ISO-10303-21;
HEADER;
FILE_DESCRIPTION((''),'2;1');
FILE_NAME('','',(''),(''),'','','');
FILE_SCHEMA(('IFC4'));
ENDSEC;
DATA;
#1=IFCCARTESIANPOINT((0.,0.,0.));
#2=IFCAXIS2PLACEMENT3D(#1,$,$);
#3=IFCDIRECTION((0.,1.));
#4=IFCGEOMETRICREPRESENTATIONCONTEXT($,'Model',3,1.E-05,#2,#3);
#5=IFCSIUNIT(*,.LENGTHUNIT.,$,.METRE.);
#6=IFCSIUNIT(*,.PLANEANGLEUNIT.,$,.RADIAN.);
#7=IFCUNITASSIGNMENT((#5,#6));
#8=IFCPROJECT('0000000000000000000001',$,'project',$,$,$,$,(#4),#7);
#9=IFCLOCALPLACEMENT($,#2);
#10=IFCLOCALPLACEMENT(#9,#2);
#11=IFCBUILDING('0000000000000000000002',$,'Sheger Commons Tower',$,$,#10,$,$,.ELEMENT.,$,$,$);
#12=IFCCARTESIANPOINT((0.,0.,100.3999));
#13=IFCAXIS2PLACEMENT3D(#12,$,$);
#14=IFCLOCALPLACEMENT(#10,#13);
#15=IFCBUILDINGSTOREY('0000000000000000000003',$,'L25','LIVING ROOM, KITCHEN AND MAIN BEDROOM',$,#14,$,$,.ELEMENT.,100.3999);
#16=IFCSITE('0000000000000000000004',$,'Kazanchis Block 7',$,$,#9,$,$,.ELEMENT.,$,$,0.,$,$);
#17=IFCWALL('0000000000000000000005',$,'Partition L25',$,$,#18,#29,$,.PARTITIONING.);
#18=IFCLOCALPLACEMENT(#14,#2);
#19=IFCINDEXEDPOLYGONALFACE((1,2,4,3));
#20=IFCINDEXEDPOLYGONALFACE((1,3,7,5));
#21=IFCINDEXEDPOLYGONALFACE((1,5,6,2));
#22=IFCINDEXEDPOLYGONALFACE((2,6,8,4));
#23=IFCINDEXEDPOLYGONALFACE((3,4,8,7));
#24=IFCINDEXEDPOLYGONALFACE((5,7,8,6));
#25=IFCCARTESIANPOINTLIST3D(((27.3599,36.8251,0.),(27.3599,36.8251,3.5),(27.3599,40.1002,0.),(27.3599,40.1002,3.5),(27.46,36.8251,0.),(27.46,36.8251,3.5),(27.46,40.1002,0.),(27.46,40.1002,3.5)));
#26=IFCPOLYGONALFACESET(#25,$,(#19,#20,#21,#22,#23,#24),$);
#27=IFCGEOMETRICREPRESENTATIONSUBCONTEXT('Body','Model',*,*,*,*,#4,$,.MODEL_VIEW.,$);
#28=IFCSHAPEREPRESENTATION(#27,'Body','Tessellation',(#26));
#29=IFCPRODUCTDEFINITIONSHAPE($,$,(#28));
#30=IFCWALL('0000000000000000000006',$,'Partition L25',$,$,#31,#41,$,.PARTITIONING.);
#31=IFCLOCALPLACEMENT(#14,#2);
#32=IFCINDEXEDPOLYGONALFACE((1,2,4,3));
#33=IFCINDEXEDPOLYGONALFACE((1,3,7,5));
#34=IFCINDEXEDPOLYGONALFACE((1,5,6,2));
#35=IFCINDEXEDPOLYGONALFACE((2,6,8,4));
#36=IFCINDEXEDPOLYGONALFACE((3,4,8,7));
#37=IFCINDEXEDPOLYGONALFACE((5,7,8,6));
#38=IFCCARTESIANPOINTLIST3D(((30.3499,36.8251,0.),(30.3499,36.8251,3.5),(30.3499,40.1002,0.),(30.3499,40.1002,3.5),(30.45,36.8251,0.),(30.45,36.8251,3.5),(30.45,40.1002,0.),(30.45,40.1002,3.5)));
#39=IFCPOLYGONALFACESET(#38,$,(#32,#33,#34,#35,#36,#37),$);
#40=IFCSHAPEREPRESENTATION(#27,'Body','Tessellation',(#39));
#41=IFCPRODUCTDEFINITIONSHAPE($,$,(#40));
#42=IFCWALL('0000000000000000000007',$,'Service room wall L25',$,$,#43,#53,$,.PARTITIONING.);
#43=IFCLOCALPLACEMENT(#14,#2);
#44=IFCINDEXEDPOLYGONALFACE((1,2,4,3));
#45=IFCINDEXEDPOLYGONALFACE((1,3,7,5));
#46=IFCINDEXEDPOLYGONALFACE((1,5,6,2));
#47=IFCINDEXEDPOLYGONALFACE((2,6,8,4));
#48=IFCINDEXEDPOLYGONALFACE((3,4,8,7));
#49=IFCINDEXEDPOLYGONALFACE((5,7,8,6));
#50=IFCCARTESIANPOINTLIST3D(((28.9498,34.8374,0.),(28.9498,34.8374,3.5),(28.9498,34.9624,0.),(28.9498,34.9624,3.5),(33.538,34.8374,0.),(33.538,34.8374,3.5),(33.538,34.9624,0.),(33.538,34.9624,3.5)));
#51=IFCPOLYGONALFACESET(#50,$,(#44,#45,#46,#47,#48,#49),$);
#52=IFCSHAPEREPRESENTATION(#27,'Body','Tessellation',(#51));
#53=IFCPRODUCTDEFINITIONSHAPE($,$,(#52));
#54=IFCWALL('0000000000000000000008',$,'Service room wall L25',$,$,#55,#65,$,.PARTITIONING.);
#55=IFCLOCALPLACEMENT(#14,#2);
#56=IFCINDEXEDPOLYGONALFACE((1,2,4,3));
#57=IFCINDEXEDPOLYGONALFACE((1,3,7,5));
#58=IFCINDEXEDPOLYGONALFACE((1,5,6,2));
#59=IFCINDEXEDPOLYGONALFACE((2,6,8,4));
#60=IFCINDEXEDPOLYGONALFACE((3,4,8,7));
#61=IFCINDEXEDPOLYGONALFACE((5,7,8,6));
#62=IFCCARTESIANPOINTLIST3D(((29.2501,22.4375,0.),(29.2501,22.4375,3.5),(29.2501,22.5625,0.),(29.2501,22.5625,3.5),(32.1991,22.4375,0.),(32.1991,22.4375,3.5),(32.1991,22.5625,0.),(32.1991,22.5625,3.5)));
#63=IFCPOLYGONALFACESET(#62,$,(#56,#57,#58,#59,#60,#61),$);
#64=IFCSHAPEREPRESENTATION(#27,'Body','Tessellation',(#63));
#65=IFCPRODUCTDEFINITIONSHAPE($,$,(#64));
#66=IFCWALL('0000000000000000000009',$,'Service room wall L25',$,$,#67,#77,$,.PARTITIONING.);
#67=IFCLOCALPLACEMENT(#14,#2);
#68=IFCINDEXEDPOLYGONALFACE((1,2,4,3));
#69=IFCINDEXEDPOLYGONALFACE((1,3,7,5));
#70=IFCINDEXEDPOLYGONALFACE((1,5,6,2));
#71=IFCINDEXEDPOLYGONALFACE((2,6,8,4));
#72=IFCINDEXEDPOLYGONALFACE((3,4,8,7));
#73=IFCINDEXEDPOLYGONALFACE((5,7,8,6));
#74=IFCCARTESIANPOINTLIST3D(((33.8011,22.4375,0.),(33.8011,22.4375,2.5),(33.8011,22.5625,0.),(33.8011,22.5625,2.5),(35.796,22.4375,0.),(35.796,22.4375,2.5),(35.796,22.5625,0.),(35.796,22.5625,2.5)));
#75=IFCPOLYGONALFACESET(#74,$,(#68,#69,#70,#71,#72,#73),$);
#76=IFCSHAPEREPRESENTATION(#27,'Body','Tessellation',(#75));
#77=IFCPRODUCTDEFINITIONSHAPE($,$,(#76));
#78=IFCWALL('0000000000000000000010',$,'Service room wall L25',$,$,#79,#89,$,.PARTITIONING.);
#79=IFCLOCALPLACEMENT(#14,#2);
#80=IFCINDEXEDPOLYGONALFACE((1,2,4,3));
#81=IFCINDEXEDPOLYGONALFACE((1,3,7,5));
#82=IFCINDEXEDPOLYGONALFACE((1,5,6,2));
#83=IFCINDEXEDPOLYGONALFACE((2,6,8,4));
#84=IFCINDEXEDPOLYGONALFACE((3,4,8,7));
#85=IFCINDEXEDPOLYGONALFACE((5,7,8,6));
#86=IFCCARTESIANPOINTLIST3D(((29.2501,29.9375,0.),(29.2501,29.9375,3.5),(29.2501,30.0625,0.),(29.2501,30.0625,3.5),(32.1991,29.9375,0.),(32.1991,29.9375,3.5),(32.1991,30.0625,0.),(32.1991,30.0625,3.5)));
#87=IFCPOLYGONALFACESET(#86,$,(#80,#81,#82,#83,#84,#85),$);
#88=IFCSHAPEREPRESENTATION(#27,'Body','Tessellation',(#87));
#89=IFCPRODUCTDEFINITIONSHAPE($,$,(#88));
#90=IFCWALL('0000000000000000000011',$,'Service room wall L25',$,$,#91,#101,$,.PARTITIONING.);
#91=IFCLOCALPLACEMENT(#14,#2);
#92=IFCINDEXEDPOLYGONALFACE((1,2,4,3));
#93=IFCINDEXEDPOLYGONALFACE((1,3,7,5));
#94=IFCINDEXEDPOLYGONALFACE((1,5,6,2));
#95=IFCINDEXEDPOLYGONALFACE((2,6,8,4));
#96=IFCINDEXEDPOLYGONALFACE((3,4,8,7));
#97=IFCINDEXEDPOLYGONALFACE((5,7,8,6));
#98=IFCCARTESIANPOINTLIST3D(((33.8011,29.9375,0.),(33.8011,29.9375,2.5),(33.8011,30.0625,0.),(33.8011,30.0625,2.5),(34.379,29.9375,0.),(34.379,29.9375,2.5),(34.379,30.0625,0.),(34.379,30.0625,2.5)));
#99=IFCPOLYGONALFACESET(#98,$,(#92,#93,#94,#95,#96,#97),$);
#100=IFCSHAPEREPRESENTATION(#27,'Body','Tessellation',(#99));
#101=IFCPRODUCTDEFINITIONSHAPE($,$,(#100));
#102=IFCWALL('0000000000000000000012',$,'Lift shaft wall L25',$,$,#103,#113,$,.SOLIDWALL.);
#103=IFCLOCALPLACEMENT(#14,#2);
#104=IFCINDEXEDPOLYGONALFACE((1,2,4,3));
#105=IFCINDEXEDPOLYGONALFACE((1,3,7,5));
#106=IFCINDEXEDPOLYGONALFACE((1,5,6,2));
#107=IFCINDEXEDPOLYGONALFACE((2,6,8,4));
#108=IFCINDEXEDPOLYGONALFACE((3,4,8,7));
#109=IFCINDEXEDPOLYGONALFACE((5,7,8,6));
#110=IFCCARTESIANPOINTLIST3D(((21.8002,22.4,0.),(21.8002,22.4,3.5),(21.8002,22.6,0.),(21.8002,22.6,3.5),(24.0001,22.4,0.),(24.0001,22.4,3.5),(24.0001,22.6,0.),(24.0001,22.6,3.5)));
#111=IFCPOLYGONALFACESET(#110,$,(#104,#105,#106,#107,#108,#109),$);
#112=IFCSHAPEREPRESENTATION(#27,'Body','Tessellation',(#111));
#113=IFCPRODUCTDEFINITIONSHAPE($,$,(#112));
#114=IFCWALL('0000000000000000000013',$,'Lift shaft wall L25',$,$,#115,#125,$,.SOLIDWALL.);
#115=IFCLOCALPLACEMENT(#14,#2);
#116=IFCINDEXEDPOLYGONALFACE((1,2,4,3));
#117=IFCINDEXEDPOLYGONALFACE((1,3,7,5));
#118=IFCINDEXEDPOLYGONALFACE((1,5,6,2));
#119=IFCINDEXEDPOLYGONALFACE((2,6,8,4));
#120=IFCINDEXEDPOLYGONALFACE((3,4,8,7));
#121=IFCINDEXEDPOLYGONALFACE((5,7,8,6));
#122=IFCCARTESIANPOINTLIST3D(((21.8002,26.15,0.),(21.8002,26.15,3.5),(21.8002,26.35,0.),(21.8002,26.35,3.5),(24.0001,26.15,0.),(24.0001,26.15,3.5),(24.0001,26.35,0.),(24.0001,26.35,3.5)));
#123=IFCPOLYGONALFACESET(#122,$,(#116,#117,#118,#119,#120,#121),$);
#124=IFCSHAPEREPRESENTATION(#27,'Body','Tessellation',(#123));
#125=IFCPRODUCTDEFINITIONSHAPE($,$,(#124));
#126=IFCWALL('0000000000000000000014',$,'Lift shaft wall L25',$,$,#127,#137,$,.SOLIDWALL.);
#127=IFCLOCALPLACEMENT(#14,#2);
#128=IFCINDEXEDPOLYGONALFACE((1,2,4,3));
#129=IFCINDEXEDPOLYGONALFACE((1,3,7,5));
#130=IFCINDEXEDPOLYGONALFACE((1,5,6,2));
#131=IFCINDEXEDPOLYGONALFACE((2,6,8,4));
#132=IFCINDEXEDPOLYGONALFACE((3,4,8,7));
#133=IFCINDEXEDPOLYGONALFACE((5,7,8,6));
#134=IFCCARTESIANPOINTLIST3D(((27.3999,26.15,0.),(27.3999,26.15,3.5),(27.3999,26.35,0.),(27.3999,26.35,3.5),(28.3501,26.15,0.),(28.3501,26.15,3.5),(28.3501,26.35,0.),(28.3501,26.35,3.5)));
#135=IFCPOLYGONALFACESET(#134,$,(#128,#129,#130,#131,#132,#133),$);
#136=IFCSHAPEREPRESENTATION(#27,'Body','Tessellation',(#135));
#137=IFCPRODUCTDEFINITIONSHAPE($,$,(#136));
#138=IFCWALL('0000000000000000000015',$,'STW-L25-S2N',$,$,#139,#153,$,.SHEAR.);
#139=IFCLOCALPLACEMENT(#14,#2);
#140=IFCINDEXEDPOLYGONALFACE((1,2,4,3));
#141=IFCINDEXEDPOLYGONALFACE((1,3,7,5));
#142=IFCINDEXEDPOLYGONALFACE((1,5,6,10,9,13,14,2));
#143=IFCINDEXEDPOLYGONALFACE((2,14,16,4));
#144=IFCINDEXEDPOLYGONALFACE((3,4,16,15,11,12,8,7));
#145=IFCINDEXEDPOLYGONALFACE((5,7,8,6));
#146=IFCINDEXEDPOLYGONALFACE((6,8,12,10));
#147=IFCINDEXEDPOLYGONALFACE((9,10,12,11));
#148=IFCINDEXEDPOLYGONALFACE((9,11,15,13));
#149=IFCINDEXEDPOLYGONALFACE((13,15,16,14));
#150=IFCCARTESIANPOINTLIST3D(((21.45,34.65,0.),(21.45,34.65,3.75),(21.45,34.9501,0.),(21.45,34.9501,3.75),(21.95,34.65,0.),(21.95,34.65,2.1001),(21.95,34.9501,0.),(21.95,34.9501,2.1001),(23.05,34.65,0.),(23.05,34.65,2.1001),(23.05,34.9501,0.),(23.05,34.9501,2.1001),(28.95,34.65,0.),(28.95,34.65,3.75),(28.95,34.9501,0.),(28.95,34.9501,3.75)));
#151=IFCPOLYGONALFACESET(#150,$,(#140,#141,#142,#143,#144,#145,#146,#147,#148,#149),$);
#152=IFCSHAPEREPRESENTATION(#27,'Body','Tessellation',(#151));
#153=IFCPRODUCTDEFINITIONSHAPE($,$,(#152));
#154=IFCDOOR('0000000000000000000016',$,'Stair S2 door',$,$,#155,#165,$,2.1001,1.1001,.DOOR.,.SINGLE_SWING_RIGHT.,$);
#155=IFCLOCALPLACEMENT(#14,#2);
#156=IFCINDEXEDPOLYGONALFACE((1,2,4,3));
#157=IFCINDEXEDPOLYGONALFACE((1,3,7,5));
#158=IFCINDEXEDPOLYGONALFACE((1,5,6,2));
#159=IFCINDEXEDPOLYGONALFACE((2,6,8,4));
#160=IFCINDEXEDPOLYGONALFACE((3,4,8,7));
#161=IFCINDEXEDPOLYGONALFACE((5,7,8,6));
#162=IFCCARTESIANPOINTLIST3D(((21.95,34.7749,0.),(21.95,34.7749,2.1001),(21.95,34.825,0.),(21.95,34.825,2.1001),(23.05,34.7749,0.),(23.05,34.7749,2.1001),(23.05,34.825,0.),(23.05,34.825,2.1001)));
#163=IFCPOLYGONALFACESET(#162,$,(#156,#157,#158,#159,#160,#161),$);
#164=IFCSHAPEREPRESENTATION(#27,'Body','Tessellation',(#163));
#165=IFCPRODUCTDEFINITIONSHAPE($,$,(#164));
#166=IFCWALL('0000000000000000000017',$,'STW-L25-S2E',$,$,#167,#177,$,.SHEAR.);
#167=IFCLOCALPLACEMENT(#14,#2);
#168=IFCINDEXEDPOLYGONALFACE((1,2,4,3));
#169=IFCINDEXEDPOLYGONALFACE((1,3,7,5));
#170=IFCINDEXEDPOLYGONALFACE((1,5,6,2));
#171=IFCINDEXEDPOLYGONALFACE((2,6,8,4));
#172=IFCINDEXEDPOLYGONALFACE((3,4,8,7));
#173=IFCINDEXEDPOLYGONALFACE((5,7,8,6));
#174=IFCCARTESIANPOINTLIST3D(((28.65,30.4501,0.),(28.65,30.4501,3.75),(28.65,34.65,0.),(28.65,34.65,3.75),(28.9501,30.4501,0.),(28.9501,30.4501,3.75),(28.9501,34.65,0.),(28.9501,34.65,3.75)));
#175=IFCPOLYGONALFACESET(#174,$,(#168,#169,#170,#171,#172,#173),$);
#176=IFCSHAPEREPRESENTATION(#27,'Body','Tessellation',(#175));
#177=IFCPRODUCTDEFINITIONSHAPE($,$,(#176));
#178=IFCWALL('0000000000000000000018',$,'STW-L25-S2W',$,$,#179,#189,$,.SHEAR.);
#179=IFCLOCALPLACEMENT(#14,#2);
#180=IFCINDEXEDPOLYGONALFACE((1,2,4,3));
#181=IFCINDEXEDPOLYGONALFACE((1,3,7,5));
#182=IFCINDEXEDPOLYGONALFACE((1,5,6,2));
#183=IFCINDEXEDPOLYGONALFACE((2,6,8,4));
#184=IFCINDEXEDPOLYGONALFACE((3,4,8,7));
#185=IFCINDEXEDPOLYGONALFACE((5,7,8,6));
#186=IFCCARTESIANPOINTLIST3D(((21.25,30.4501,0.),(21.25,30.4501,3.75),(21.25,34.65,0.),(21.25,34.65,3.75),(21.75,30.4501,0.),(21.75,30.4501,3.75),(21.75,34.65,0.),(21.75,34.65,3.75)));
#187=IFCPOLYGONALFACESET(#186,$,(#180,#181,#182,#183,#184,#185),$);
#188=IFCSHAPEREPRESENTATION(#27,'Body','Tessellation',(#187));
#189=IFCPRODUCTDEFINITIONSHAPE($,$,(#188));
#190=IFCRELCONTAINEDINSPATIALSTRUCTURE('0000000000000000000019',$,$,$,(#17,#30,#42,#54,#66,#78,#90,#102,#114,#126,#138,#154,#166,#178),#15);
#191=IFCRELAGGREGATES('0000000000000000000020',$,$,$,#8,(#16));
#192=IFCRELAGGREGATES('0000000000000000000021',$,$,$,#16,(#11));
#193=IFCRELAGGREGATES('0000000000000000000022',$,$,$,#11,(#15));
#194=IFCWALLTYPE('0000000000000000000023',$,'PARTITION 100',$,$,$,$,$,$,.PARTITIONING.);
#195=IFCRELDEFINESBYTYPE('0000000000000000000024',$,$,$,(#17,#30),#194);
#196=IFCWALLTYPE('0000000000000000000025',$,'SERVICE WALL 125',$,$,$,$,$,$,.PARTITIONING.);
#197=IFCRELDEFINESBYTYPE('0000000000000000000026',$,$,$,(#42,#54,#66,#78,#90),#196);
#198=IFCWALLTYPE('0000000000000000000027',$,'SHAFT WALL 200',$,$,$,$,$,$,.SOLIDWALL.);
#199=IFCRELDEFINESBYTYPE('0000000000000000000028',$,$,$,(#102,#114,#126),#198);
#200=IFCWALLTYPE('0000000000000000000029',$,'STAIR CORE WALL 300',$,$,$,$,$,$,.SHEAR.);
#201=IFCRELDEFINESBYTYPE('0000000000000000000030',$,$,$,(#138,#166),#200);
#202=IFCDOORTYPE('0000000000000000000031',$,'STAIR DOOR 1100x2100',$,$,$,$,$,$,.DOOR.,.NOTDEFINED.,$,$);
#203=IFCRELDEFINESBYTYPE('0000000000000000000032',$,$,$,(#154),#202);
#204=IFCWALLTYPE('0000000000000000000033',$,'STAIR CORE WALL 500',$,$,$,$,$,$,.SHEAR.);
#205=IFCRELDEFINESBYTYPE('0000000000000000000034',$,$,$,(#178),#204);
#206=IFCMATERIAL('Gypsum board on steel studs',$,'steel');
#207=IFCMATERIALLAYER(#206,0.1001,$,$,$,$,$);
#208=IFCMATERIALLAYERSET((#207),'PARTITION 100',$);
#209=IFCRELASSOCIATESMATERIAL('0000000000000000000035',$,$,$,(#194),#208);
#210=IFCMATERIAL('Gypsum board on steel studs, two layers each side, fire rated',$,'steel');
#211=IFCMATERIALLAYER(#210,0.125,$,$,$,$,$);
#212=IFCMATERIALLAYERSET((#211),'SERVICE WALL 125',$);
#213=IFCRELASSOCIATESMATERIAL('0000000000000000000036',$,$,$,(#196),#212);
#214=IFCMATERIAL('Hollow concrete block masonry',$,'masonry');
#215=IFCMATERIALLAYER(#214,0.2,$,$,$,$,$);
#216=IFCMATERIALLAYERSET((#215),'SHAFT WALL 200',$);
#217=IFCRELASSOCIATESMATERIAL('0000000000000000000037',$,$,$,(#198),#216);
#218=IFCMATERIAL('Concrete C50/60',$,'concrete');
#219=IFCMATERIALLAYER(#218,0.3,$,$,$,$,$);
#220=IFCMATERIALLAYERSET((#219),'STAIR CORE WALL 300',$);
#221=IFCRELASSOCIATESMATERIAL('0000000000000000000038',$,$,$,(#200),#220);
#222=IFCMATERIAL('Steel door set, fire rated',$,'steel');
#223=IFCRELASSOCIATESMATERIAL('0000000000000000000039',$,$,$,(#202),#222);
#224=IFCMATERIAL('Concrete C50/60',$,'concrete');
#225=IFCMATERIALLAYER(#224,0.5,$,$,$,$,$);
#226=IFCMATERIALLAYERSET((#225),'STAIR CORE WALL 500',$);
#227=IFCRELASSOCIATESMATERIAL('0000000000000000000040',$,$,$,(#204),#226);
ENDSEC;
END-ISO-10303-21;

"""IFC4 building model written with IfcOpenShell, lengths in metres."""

from ifc_helpers import new_model, si_unit, direction, frame, frame_2d, origin, place, context, subcontext, project, spatial, rectangle, extrude, material, layer, layer_set, type_object, element, fill, save


model = new_model("IFC4")

# Units and contexts
model_context = context("Model", 3, precision=1e-05, world=origin(), true_north=direction((0.0, 1.0)))
body_context = subcontext(model_context, "Body", "Model", "MODEL_VIEW")
ifc_project = project(units=[si_unit("LENGTHUNIT", "METRE"), si_unit("PLANEANGLEUNIT", "RADIAN")], contexts=[model_context])

# Site, building, storey
site_placement = place(None, origin())
site = spatial("IfcSite", under=ifc_project, at=site_placement, Name="Kazanchis Block 7", CompositionType="ELEMENT", RefElevation=0.0)
building_placement = place(site_placement, origin())
building = spatial("IfcBuilding", under=site, at=building_placement, Name="Sheger Commons Tower", CompositionType="ELEMENT")
storey_placement = place(building_placement, frame((0.0, 0.0, 100.3999)))
storey = spatial("IfcBuildingStorey", under=building, at=storey_placement, Name="L25", Description="LIVING ROOM, KITCHEN AND MAIN BEDROOM", CompositionType="ELEMENT", Elevation=100.3999)

# Walls
ifc_material_1 = material(Name="Gypsum board on steel studs", Category="steel")
ifc_layer_1 = layer(ifc_material_1, 0.1001)
ifc_layer_set_1 = layer_set([ifc_layer_1], Name="PARTITION 100")
wall_type_1 = type_object("IfcWallType", Name="PARTITION 100", PredefinedType="PARTITIONING", material=ifc_layer_set_1)
for number, where, z_axis, x_axis, name in (
    (1, (27.4099, 36.825, 0.0), (0.0, 0.0, 1.0), (0.0, 1.0, 0.0), "Partition L25"),
    (2, (30.3999, 36.825, 0.0), (0.0, 0.0, 1.0), (0.0, 1.0, 0.0), "Partition L25"),
):
    element("IfcWall", number, at=place(storey_placement, frame(where, z_axis=z_axis, x_axis=x_axis)), inside=storey, type_object=wall_type_1, Name=name, PredefinedType="PARTITIONING", context=body_context, shape_type="SweptSolid", body=[
        extrude(rectangle(XDim=3.2751, YDim=0.1001, at=frame_2d((1.6377, 0.0))), origin(), (0.0, 0.0, 1.0), 3.5),
    ])
ifc_material_2 = material(Name="Gypsum board on steel studs, two layers each side, fire rated", Category="steel")
ifc_layer_2 = layer(ifc_material_2, 0.125)
ifc_layer_set_2 = layer_set([ifc_layer_2], Name="SERVICE WALL 125")
wall_type_2 = type_object("IfcWallType", Name="SERVICE WALL 125", PredefinedType="PARTITIONING", material=ifc_layer_set_2)
wall_1_placement = place(storey_placement, frame((28.95, 34.8999, 0.0), z_axis=(0.0, 0.0, 1.0), x_axis=(1.0, 0.0, 0.0)))
element("IfcWall", 3, at=wall_1_placement, inside=storey, type_object=wall_type_2, Name="Service room wall L25", PredefinedType="PARTITIONING", context=body_context, shape_type="SweptSolid", body=[
    extrude(rectangle(XDim=4.5881, YDim=0.125, at=frame_2d((2.2939, 0.0))), origin(), (0.0, 0.0, 1.0), 3.5),
])
wall_2_placement = place(storey_placement, frame((29.25, 22.5, 0.0), z_axis=(0.0, 0.0, 1.0), x_axis=(1.0, 0.0, 0.0)))
element("IfcWall", 4, at=wall_2_placement, inside=storey, type_object=wall_type_2, Name="Service room wall L25", PredefinedType="PARTITIONING", context=body_context, shape_type="SweptSolid", body=[
    extrude(rectangle(XDim=2.949, YDim=0.125, at=frame_2d((1.4746, 0.0))), origin(), (0.0, 0.0, 1.0), 3.5),
])
wall_3_placement = place(storey_placement, frame((33.801, 22.5, 0.0), z_axis=(0.0, 0.0, 1.0), x_axis=(1.0, 0.0, 0.0)))
element("IfcWall", 5, at=wall_3_placement, inside=storey, type_object=wall_type_2, Name="Service room wall L25", PredefinedType="PARTITIONING", context=body_context, shape_type="SweptSolid", body=[
    extrude(rectangle(XDim=1.9949, YDim=0.125, at=frame_2d((0.9976, 0.0))), origin(), (0.0, 0.0, 1.0), 2.5),
])
wall_4_placement = place(storey_placement, frame((29.25, 30.0, 0.0), z_axis=(0.0, 0.0, 1.0), x_axis=(1.0, 0.0, 0.0)))
element("IfcWall", 6, at=wall_4_placement, inside=storey, type_object=wall_type_2, Name="Service room wall L25", PredefinedType="PARTITIONING", context=body_context, shape_type="SweptSolid", body=[
    extrude(rectangle(XDim=2.949, YDim=0.125, at=frame_2d((1.4746, 0.0))), origin(), (0.0, 0.0, 1.0), 3.5),
])
wall_5_placement = place(storey_placement, frame((33.801, 30.0, 0.0), z_axis=(0.0, 0.0, 1.0), x_axis=(1.0, 0.0, 0.0)))
element("IfcWall", 7, at=wall_5_placement, inside=storey, type_object=wall_type_2, Name="Service room wall L25", PredefinedType="PARTITIONING", context=body_context, shape_type="SweptSolid", body=[
    extrude(rectangle(XDim=0.5779, YDim=0.125, at=frame_2d((0.2891, 0.0))), origin(), (0.0, 0.0, 1.0), 2.5),
])
ifc_material_3 = material(Name="Hollow concrete block masonry", Category="masonry")
ifc_layer_3 = layer(ifc_material_3, 0.2)
ifc_layer_set_3 = layer_set([ifc_layer_3], Name="SHAFT WALL 200")
wall_type_3 = type_object("IfcWallType", Name="SHAFT WALL 200", PredefinedType="SOLIDWALL", material=ifc_layer_set_3)
for number, where, z_axis, x_axis, name in (
    (8, (21.8, 22.5, 0.0), (0.0, 0.0, 1.0), (1.0, 0.0, 0.0), "Lift shaft wall L25"),
    (9, (21.8, 26.25, 0.0), (0.0, 0.0, 1.0), (1.0, 0.0, 0.0), "Lift shaft wall L25"),
):
    element("IfcWall", number, at=place(storey_placement, frame(where, z_axis=z_axis, x_axis=x_axis)), inside=storey, type_object=wall_type_3, Name=name, PredefinedType="SOLIDWALL", context=body_context, shape_type="SweptSolid", body=[
        extrude(rectangle(XDim=2.2, YDim=0.2, at=frame_2d((1.1001, 0.0))), origin(), (0.0, 0.0, 1.0), 3.5),
    ])
wall_6_placement = place(storey_placement, frame((27.3999, 26.25, 0.0), z_axis=(0.0, 0.0, 1.0), x_axis=(1.0, 0.0, 0.0)))
element("IfcWall", 10, at=wall_6_placement, inside=storey, type_object=wall_type_3, Name="Lift shaft wall L25", PredefinedType="SOLIDWALL", context=body_context, shape_type="SweptSolid", body=[
    extrude(rectangle(XDim=0.9502, YDim=0.2, at=frame_2d((0.4751, 0.0))), origin(), (0.0, 0.0, 1.0), 3.5),
])

# Wall, opening, door
ifc_material_4 = material(Name="Concrete C50/60", Category="concrete")
ifc_layer_4 = layer(ifc_material_4, 0.3)
ifc_layer_set_4 = layer_set([ifc_layer_4], Name="STAIR CORE WALL 300")
wall_type_4 = type_object("IfcWallType", Name="STAIR CORE WALL 300", PredefinedType="SHEAR", material=ifc_layer_set_4)
wall_7_placement = place(storey_placement, frame((21.45, 34.8, 0.0), z_axis=(0.0, 0.0, 1.0), x_axis=(1.0, 0.0, 0.0)))
wall_7 = element("IfcWall", 11, at=wall_7_placement, inside=storey, type_object=wall_type_4, Name="STW-L25-S2N", PredefinedType="SHEAR", context=body_context, shape_type="SweptSolid", body=[
    extrude(rectangle(XDim=7.5, YDim=0.3, at=frame_2d((3.75, 0.0))), origin(), (0.0, 0.0, 1.0), 3.75),
])
opening_1_placement = place(wall_7_placement, frame((0.5, 0.0, 0.0)))
opening_1 = element("IfcOpeningElement", 12, at=opening_1_placement, cuts=wall_7, PredefinedType="OPENING", context=body_context, shape_type="SweptSolid", body=[
    extrude(rectangle(XDim=1.1001, YDim=2.1001, at=frame_2d((0.55, 1.05))), frame((0.0, 0.1599, 0.0), z_axis=(0.0, -1.0, 0.0), x_axis=(1.0, 0.0, 0.0)), (0.0, 0.0, 1.0), 0.3201),
])
ifc_material_5 = material(Name="Steel door set, fire rated", Category="steel")
door_type_1 = type_object("IfcDoorType", Name="STAIR DOOR 1100x2100", OperationType="NOTDEFINED", PredefinedType="DOOR", material=ifc_material_5)
door_1_placement = place(opening_1_placement, origin())
door_1 = element("IfcDoor", 13, at=door_1_placement, inside=storey, type_object=door_type_1, Name="Stair S2 door", OperationType="SINGLE_SWING_RIGHT", OverallHeight=2.1001, OverallWidth=1.1001, PredefinedType="DOOR", context=body_context, shape_type="SweptSolid", body=[
    extrude(rectangle(XDim=1.1001, YDim=2.1001, at=frame_2d((0.55, 1.05))), frame((0.0, 0.0249, 0.0), z_axis=(0.0, -1.0, 0.0), x_axis=(1.0, 0.0, 0.0)), (0.0, 0.0, 1.0), 0.05),
])
fill(opening_1, door_1)

# Walls
wall_8_placement = place(storey_placement, frame((28.8, 30.45, 0.0), z_axis=(0.0, 0.0, 1.0), x_axis=(0.0, 1.0, 0.0)))
element("IfcWall", 14, at=wall_8_placement, inside=storey, type_object=wall_type_4, Name="STW-L25-S2E", PredefinedType="SHEAR", context=body_context, shape_type="SweptSolid", body=[
    extrude(rectangle(XDim=4.2, YDim=0.3, at=frame_2d((2.1001, 0.0))), origin(), (0.0, 0.0, 1.0), 3.75),
])
ifc_material_6 = material(Name="Concrete C50/60", Category="concrete")
ifc_layer_5 = layer(ifc_material_6, 0.5)
ifc_layer_set_5 = layer_set([ifc_layer_5], Name="STAIR CORE WALL 500")
wall_type_5 = type_object("IfcWallType", Name="STAIR CORE WALL 500", PredefinedType="SHEAR", material=ifc_layer_set_5)
wall_9_placement = place(storey_placement, frame((21.5, 30.45, 0.0), z_axis=(0.0, 0.0, 1.0), x_axis=(0.0, 1.0, 0.0)))
element("IfcWall", 15, at=wall_9_placement, inside=storey, type_object=wall_type_5, Name="STW-L25-S2W", PredefinedType="SHEAR", context=body_context, shape_type="SweptSolid", body=[
    extrude(rectangle(XDim=4.2, YDim=0.5, at=frame_2d((2.1001, 0.0))), origin(), (0.0, 0.0, 1.0), 3.75),
])

save(model, "model.ifc")
